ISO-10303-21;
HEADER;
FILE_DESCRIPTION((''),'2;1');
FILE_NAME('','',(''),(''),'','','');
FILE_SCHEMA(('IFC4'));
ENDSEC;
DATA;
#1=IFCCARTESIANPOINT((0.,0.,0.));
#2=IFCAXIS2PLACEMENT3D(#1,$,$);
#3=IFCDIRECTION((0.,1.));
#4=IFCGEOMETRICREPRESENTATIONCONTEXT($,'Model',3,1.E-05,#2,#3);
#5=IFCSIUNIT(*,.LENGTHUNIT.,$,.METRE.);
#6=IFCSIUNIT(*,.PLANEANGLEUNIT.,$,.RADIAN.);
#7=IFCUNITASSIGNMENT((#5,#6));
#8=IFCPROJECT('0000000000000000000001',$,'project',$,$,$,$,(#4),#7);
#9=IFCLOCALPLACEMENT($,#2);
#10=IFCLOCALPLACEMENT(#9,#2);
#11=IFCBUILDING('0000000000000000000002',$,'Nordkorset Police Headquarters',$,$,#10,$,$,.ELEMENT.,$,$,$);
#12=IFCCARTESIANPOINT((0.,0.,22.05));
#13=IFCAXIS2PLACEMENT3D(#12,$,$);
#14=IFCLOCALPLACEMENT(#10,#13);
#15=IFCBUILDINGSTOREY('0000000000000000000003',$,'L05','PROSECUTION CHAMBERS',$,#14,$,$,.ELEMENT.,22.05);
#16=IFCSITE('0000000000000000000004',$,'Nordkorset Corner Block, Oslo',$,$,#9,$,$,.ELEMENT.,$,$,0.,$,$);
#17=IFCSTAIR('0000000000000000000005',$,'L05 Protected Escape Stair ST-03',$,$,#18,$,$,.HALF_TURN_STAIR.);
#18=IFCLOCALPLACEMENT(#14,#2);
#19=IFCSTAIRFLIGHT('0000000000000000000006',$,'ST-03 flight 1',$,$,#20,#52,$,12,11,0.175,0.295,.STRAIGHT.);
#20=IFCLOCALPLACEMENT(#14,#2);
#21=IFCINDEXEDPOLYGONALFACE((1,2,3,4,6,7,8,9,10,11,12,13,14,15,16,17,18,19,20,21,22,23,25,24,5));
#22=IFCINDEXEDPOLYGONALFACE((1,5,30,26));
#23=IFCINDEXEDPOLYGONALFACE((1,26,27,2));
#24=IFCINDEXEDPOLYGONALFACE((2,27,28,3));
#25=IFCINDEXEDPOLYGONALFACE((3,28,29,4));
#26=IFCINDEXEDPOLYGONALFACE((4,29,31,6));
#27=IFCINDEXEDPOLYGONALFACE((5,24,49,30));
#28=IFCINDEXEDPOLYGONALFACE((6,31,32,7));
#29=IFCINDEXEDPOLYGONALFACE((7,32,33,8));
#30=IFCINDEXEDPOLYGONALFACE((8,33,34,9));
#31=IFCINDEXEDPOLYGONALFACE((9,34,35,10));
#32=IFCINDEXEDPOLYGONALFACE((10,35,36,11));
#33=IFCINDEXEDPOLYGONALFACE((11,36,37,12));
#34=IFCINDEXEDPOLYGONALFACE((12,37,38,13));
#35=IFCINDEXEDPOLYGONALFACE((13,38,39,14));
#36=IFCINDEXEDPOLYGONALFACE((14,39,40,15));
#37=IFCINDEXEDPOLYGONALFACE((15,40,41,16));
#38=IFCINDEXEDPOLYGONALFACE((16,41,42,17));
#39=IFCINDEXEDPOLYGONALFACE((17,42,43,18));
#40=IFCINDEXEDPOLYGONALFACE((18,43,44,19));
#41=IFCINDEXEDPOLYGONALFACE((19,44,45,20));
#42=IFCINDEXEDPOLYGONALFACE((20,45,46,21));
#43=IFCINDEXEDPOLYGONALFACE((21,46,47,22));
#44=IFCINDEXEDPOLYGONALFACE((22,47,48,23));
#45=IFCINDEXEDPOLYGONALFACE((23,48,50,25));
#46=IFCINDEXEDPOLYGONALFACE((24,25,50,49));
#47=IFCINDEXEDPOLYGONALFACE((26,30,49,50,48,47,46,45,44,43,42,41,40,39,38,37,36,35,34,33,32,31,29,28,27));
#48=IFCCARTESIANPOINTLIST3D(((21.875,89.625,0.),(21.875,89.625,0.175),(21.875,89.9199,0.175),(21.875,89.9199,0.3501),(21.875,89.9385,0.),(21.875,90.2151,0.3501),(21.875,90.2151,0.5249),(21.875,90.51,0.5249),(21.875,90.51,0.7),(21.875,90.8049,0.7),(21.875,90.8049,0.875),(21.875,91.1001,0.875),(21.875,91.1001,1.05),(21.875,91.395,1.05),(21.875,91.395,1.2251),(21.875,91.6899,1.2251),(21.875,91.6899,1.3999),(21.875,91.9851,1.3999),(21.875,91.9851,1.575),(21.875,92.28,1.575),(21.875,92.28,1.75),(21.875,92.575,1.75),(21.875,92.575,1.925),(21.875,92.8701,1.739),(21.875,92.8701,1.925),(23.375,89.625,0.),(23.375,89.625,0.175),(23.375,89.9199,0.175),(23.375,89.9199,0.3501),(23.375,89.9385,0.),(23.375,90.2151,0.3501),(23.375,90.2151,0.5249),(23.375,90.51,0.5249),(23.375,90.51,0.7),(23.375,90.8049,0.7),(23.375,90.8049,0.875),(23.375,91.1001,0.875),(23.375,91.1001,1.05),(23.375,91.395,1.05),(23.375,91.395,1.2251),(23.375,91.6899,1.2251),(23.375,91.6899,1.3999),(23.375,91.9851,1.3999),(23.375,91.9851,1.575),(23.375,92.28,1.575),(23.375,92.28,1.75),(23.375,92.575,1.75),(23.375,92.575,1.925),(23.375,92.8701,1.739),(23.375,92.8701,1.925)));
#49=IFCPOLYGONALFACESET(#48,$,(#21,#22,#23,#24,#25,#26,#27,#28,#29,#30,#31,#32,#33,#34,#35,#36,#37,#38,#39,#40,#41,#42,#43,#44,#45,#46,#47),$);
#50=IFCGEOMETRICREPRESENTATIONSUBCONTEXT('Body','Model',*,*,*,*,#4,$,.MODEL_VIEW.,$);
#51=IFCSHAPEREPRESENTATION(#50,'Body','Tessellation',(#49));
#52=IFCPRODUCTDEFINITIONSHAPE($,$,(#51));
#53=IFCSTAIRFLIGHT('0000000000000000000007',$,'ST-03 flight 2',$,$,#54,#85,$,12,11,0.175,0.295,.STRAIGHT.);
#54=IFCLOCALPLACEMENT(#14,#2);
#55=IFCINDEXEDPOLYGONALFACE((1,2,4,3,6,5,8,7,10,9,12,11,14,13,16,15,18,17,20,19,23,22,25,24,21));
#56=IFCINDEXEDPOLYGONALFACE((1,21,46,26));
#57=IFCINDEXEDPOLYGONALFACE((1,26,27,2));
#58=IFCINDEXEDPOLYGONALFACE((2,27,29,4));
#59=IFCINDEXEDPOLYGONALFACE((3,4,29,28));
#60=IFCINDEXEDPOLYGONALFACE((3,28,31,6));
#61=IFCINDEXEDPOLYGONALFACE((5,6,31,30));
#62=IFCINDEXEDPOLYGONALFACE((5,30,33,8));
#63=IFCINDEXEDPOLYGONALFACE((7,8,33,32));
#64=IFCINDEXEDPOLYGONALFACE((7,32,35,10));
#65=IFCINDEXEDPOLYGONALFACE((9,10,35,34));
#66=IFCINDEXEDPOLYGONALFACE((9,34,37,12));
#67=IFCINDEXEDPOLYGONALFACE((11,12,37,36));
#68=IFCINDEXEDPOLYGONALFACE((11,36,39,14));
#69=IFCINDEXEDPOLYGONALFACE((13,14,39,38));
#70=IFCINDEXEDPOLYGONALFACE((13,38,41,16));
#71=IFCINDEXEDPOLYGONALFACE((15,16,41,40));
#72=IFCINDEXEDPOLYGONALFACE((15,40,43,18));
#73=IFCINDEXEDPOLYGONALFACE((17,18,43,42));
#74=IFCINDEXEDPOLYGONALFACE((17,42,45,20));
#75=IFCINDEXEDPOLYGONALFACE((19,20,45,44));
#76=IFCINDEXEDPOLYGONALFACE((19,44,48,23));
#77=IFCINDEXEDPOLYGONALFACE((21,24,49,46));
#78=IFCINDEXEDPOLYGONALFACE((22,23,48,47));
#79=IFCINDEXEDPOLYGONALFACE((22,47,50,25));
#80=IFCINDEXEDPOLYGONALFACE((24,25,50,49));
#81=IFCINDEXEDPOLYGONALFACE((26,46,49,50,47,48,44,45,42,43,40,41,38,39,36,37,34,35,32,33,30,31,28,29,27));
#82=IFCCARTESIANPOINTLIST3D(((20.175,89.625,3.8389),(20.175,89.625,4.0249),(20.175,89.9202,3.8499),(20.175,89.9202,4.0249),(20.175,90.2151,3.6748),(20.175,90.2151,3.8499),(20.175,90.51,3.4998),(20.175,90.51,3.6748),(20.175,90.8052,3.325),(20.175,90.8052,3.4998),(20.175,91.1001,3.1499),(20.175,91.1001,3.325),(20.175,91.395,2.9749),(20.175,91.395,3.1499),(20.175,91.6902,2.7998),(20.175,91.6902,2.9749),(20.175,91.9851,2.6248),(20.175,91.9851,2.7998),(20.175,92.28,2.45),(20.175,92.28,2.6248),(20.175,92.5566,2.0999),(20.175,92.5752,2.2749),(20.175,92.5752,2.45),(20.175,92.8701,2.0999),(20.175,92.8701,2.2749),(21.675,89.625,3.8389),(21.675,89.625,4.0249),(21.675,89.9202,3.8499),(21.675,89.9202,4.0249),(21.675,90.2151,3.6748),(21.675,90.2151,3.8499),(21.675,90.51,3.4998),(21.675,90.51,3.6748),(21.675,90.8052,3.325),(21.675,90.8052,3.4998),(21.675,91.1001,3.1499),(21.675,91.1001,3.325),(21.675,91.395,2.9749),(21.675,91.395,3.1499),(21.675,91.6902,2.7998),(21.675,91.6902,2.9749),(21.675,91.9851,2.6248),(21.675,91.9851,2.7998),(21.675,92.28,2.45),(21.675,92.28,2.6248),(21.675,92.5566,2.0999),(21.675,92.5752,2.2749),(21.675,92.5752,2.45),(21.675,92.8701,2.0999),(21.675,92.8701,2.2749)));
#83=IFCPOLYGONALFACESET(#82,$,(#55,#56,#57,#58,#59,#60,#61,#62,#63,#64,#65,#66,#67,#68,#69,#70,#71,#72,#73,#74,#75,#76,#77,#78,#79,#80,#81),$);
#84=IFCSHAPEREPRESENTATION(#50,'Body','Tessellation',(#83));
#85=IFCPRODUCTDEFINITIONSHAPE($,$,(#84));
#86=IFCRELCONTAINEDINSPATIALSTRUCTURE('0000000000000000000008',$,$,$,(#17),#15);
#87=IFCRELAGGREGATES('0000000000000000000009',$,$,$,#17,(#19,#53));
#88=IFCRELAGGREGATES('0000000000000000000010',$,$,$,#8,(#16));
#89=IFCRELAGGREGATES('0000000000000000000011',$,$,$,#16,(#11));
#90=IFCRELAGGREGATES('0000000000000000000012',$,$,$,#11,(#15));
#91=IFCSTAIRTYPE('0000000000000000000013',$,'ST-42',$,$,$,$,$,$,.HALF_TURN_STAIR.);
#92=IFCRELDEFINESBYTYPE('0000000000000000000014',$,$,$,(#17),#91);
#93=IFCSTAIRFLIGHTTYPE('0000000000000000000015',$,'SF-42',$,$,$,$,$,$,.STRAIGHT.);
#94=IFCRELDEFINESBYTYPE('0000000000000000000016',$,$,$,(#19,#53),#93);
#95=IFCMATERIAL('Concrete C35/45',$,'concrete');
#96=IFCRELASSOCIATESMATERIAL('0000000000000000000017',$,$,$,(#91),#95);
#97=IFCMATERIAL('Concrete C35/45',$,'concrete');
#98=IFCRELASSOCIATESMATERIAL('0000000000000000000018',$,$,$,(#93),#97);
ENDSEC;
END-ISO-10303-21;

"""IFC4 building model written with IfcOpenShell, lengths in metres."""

from ifc_helpers import new_model, si_unit, direction, frame, origin, place, context, subcontext, project, spatial, polyline, outline, extrude, material, type_object, element, aggregate, save


model = new_model("IFC4")

# Units and contexts
model_context = context("Model", 3, precision=1e-05, world=origin(), true_north=direction((0.0, 1.0)))
body_context = subcontext(model_context, "Body", "Model", "MODEL_VIEW")
ifc_project = project(units=[si_unit("LENGTHUNIT", "METRE"), si_unit("PLANEANGLEUNIT", "RADIAN")], contexts=[model_context])

# Site, building, storey
site_placement = place(None, origin())
site = spatial("IfcSite", under=ifc_project, at=site_placement, Name="Nordkorset Corner Block, Oslo", CompositionType="ELEMENT", RefElevation=0.0)
building_placement = place(site_placement, origin())
building = spatial("IfcBuilding", under=site, at=building_placement, Name="Nordkorset Police Headquarters", CompositionType="ELEMENT")
storey_placement = place(building_placement, frame((0.0, 0.0, 22.05)))
storey = spatial("IfcBuildingStorey", under=building, at=storey_placement, Name="L05", Description="PROSECUTION CHAMBERS", CompositionType="ELEMENT", Elevation=22.05)

# Stair, stair flights
ifc_material_1 = material(Name="Concrete C35/45", Category="concrete")
stair_type = type_object("IfcStairType", Name="ST-42", PredefinedType="HALF_TURN_STAIR", material=ifc_material_1)
stair_placement = place(storey_placement, origin())
stair = element("IfcStair", 1, at=stair_placement, inside=storey, type_object=stair_type, Name="L05 Protected Escape Stair ST-03", PredefinedType="HALF_TURN_STAIR")
ifc_material_2 = material(Name="Concrete C35/45", Category="concrete")
stair_flight_type = type_object("IfcStairFlightType", Name="SF-42", PredefinedType="STRAIGHT", material=ifc_material_2)
stair_flight_1_placement = place(storey_placement, frame((22.625, 89.625, 0.0), z_axis=(0.0, 0.0, 1.0), x_axis=(0.0, 1.0, 0.0)))
stair_flight_1 = element("IfcStairFlight", 2, at=stair_flight_1_placement, type_object=stair_flight_type, Name="ST-03 flight 1", NumberOfRisers=12, NumberOfTreads=11, PredefinedType="STRAIGHT", RiserHeight=0.175, TreadLength=0.295, context=body_context, shape_type="SweptSolid", body=[
    extrude(outline(polyline([(0.0, 0.0), (0.0, 0.175), (0.2949, 0.175), (0.2949, 0.3501), (0.5901, 0.3501), (0.5901, 0.5249), (0.885, 0.5249), (0.885, 0.7), (1.1799, 0.7), (1.1799, 0.875), (1.4751, 0.875), (1.4751, 1.05), (1.77, 1.05), (1.77, 1.2251), (2.0649, 1.2251), (2.0649, 1.3999), (2.3601, 1.3999), (2.3601, 1.575), (2.655, 1.575), (2.655, 1.75), (2.95, 1.75), (2.95, 1.925), (3.2451, 1.925), (3.2451, 2.1001), (3.2451, 1.739), (0.3135, 0.0), (0.0, 0.0)])), frame((0.0, 0.75, 0.0), z_axis=(0.0, -1.0, 0.0), x_axis=(1.0, 0.0, 0.0)), (0.0, 0.0, 1.0), 1.5),
])
stair_flight_2_placement = place(storey_placement, frame((20.925, 92.8701, 2.0999), z_axis=(0.0, 0.0, 1.0), x_axis=(0.0, -1.0, 0.0)))
stair_flight_2 = element("IfcStairFlight", 3, at=stair_flight_2_placement, type_object=stair_flight_type, Name="ST-03 flight 2", NumberOfRisers=12, NumberOfTreads=11, PredefinedType="STRAIGHT", RiserHeight=0.175, TreadLength=0.295, context=body_context, shape_type="SweptSolid", body=[
    extrude(outline(polyline([(0.0, 0.0), (0.0, 0.175), (0.2949, 0.175), (0.2949, 0.3501), (0.5901, 0.3501), (0.5901, 0.5249), (0.885, 0.5249), (0.885, 0.7), (1.1799, 0.7), (1.1799, 0.875), (1.4751, 0.875), (1.4751, 1.05), (1.77, 1.05), (1.77, 1.2251), (2.0649, 1.2251), (2.0649, 1.3999), (2.3601, 1.3999), (2.3601, 1.575), (2.655, 1.575), (2.655, 1.75), (2.95, 1.75), (2.95, 1.925), (3.2451, 1.925), (3.2451, 2.1001), (3.2451, 1.739), (0.3135, 0.0), (0.0, 0.0)])), frame((0.0, 0.75, 0.0), z_axis=(0.0, -1.0, 0.0), x_axis=(1.0, 0.0, 0.0)), (0.0, 0.0, 1.0), 1.5),
])
aggregate(stair, [stair_flight_1, stair_flight_2])

save(model, "model.ifc")
